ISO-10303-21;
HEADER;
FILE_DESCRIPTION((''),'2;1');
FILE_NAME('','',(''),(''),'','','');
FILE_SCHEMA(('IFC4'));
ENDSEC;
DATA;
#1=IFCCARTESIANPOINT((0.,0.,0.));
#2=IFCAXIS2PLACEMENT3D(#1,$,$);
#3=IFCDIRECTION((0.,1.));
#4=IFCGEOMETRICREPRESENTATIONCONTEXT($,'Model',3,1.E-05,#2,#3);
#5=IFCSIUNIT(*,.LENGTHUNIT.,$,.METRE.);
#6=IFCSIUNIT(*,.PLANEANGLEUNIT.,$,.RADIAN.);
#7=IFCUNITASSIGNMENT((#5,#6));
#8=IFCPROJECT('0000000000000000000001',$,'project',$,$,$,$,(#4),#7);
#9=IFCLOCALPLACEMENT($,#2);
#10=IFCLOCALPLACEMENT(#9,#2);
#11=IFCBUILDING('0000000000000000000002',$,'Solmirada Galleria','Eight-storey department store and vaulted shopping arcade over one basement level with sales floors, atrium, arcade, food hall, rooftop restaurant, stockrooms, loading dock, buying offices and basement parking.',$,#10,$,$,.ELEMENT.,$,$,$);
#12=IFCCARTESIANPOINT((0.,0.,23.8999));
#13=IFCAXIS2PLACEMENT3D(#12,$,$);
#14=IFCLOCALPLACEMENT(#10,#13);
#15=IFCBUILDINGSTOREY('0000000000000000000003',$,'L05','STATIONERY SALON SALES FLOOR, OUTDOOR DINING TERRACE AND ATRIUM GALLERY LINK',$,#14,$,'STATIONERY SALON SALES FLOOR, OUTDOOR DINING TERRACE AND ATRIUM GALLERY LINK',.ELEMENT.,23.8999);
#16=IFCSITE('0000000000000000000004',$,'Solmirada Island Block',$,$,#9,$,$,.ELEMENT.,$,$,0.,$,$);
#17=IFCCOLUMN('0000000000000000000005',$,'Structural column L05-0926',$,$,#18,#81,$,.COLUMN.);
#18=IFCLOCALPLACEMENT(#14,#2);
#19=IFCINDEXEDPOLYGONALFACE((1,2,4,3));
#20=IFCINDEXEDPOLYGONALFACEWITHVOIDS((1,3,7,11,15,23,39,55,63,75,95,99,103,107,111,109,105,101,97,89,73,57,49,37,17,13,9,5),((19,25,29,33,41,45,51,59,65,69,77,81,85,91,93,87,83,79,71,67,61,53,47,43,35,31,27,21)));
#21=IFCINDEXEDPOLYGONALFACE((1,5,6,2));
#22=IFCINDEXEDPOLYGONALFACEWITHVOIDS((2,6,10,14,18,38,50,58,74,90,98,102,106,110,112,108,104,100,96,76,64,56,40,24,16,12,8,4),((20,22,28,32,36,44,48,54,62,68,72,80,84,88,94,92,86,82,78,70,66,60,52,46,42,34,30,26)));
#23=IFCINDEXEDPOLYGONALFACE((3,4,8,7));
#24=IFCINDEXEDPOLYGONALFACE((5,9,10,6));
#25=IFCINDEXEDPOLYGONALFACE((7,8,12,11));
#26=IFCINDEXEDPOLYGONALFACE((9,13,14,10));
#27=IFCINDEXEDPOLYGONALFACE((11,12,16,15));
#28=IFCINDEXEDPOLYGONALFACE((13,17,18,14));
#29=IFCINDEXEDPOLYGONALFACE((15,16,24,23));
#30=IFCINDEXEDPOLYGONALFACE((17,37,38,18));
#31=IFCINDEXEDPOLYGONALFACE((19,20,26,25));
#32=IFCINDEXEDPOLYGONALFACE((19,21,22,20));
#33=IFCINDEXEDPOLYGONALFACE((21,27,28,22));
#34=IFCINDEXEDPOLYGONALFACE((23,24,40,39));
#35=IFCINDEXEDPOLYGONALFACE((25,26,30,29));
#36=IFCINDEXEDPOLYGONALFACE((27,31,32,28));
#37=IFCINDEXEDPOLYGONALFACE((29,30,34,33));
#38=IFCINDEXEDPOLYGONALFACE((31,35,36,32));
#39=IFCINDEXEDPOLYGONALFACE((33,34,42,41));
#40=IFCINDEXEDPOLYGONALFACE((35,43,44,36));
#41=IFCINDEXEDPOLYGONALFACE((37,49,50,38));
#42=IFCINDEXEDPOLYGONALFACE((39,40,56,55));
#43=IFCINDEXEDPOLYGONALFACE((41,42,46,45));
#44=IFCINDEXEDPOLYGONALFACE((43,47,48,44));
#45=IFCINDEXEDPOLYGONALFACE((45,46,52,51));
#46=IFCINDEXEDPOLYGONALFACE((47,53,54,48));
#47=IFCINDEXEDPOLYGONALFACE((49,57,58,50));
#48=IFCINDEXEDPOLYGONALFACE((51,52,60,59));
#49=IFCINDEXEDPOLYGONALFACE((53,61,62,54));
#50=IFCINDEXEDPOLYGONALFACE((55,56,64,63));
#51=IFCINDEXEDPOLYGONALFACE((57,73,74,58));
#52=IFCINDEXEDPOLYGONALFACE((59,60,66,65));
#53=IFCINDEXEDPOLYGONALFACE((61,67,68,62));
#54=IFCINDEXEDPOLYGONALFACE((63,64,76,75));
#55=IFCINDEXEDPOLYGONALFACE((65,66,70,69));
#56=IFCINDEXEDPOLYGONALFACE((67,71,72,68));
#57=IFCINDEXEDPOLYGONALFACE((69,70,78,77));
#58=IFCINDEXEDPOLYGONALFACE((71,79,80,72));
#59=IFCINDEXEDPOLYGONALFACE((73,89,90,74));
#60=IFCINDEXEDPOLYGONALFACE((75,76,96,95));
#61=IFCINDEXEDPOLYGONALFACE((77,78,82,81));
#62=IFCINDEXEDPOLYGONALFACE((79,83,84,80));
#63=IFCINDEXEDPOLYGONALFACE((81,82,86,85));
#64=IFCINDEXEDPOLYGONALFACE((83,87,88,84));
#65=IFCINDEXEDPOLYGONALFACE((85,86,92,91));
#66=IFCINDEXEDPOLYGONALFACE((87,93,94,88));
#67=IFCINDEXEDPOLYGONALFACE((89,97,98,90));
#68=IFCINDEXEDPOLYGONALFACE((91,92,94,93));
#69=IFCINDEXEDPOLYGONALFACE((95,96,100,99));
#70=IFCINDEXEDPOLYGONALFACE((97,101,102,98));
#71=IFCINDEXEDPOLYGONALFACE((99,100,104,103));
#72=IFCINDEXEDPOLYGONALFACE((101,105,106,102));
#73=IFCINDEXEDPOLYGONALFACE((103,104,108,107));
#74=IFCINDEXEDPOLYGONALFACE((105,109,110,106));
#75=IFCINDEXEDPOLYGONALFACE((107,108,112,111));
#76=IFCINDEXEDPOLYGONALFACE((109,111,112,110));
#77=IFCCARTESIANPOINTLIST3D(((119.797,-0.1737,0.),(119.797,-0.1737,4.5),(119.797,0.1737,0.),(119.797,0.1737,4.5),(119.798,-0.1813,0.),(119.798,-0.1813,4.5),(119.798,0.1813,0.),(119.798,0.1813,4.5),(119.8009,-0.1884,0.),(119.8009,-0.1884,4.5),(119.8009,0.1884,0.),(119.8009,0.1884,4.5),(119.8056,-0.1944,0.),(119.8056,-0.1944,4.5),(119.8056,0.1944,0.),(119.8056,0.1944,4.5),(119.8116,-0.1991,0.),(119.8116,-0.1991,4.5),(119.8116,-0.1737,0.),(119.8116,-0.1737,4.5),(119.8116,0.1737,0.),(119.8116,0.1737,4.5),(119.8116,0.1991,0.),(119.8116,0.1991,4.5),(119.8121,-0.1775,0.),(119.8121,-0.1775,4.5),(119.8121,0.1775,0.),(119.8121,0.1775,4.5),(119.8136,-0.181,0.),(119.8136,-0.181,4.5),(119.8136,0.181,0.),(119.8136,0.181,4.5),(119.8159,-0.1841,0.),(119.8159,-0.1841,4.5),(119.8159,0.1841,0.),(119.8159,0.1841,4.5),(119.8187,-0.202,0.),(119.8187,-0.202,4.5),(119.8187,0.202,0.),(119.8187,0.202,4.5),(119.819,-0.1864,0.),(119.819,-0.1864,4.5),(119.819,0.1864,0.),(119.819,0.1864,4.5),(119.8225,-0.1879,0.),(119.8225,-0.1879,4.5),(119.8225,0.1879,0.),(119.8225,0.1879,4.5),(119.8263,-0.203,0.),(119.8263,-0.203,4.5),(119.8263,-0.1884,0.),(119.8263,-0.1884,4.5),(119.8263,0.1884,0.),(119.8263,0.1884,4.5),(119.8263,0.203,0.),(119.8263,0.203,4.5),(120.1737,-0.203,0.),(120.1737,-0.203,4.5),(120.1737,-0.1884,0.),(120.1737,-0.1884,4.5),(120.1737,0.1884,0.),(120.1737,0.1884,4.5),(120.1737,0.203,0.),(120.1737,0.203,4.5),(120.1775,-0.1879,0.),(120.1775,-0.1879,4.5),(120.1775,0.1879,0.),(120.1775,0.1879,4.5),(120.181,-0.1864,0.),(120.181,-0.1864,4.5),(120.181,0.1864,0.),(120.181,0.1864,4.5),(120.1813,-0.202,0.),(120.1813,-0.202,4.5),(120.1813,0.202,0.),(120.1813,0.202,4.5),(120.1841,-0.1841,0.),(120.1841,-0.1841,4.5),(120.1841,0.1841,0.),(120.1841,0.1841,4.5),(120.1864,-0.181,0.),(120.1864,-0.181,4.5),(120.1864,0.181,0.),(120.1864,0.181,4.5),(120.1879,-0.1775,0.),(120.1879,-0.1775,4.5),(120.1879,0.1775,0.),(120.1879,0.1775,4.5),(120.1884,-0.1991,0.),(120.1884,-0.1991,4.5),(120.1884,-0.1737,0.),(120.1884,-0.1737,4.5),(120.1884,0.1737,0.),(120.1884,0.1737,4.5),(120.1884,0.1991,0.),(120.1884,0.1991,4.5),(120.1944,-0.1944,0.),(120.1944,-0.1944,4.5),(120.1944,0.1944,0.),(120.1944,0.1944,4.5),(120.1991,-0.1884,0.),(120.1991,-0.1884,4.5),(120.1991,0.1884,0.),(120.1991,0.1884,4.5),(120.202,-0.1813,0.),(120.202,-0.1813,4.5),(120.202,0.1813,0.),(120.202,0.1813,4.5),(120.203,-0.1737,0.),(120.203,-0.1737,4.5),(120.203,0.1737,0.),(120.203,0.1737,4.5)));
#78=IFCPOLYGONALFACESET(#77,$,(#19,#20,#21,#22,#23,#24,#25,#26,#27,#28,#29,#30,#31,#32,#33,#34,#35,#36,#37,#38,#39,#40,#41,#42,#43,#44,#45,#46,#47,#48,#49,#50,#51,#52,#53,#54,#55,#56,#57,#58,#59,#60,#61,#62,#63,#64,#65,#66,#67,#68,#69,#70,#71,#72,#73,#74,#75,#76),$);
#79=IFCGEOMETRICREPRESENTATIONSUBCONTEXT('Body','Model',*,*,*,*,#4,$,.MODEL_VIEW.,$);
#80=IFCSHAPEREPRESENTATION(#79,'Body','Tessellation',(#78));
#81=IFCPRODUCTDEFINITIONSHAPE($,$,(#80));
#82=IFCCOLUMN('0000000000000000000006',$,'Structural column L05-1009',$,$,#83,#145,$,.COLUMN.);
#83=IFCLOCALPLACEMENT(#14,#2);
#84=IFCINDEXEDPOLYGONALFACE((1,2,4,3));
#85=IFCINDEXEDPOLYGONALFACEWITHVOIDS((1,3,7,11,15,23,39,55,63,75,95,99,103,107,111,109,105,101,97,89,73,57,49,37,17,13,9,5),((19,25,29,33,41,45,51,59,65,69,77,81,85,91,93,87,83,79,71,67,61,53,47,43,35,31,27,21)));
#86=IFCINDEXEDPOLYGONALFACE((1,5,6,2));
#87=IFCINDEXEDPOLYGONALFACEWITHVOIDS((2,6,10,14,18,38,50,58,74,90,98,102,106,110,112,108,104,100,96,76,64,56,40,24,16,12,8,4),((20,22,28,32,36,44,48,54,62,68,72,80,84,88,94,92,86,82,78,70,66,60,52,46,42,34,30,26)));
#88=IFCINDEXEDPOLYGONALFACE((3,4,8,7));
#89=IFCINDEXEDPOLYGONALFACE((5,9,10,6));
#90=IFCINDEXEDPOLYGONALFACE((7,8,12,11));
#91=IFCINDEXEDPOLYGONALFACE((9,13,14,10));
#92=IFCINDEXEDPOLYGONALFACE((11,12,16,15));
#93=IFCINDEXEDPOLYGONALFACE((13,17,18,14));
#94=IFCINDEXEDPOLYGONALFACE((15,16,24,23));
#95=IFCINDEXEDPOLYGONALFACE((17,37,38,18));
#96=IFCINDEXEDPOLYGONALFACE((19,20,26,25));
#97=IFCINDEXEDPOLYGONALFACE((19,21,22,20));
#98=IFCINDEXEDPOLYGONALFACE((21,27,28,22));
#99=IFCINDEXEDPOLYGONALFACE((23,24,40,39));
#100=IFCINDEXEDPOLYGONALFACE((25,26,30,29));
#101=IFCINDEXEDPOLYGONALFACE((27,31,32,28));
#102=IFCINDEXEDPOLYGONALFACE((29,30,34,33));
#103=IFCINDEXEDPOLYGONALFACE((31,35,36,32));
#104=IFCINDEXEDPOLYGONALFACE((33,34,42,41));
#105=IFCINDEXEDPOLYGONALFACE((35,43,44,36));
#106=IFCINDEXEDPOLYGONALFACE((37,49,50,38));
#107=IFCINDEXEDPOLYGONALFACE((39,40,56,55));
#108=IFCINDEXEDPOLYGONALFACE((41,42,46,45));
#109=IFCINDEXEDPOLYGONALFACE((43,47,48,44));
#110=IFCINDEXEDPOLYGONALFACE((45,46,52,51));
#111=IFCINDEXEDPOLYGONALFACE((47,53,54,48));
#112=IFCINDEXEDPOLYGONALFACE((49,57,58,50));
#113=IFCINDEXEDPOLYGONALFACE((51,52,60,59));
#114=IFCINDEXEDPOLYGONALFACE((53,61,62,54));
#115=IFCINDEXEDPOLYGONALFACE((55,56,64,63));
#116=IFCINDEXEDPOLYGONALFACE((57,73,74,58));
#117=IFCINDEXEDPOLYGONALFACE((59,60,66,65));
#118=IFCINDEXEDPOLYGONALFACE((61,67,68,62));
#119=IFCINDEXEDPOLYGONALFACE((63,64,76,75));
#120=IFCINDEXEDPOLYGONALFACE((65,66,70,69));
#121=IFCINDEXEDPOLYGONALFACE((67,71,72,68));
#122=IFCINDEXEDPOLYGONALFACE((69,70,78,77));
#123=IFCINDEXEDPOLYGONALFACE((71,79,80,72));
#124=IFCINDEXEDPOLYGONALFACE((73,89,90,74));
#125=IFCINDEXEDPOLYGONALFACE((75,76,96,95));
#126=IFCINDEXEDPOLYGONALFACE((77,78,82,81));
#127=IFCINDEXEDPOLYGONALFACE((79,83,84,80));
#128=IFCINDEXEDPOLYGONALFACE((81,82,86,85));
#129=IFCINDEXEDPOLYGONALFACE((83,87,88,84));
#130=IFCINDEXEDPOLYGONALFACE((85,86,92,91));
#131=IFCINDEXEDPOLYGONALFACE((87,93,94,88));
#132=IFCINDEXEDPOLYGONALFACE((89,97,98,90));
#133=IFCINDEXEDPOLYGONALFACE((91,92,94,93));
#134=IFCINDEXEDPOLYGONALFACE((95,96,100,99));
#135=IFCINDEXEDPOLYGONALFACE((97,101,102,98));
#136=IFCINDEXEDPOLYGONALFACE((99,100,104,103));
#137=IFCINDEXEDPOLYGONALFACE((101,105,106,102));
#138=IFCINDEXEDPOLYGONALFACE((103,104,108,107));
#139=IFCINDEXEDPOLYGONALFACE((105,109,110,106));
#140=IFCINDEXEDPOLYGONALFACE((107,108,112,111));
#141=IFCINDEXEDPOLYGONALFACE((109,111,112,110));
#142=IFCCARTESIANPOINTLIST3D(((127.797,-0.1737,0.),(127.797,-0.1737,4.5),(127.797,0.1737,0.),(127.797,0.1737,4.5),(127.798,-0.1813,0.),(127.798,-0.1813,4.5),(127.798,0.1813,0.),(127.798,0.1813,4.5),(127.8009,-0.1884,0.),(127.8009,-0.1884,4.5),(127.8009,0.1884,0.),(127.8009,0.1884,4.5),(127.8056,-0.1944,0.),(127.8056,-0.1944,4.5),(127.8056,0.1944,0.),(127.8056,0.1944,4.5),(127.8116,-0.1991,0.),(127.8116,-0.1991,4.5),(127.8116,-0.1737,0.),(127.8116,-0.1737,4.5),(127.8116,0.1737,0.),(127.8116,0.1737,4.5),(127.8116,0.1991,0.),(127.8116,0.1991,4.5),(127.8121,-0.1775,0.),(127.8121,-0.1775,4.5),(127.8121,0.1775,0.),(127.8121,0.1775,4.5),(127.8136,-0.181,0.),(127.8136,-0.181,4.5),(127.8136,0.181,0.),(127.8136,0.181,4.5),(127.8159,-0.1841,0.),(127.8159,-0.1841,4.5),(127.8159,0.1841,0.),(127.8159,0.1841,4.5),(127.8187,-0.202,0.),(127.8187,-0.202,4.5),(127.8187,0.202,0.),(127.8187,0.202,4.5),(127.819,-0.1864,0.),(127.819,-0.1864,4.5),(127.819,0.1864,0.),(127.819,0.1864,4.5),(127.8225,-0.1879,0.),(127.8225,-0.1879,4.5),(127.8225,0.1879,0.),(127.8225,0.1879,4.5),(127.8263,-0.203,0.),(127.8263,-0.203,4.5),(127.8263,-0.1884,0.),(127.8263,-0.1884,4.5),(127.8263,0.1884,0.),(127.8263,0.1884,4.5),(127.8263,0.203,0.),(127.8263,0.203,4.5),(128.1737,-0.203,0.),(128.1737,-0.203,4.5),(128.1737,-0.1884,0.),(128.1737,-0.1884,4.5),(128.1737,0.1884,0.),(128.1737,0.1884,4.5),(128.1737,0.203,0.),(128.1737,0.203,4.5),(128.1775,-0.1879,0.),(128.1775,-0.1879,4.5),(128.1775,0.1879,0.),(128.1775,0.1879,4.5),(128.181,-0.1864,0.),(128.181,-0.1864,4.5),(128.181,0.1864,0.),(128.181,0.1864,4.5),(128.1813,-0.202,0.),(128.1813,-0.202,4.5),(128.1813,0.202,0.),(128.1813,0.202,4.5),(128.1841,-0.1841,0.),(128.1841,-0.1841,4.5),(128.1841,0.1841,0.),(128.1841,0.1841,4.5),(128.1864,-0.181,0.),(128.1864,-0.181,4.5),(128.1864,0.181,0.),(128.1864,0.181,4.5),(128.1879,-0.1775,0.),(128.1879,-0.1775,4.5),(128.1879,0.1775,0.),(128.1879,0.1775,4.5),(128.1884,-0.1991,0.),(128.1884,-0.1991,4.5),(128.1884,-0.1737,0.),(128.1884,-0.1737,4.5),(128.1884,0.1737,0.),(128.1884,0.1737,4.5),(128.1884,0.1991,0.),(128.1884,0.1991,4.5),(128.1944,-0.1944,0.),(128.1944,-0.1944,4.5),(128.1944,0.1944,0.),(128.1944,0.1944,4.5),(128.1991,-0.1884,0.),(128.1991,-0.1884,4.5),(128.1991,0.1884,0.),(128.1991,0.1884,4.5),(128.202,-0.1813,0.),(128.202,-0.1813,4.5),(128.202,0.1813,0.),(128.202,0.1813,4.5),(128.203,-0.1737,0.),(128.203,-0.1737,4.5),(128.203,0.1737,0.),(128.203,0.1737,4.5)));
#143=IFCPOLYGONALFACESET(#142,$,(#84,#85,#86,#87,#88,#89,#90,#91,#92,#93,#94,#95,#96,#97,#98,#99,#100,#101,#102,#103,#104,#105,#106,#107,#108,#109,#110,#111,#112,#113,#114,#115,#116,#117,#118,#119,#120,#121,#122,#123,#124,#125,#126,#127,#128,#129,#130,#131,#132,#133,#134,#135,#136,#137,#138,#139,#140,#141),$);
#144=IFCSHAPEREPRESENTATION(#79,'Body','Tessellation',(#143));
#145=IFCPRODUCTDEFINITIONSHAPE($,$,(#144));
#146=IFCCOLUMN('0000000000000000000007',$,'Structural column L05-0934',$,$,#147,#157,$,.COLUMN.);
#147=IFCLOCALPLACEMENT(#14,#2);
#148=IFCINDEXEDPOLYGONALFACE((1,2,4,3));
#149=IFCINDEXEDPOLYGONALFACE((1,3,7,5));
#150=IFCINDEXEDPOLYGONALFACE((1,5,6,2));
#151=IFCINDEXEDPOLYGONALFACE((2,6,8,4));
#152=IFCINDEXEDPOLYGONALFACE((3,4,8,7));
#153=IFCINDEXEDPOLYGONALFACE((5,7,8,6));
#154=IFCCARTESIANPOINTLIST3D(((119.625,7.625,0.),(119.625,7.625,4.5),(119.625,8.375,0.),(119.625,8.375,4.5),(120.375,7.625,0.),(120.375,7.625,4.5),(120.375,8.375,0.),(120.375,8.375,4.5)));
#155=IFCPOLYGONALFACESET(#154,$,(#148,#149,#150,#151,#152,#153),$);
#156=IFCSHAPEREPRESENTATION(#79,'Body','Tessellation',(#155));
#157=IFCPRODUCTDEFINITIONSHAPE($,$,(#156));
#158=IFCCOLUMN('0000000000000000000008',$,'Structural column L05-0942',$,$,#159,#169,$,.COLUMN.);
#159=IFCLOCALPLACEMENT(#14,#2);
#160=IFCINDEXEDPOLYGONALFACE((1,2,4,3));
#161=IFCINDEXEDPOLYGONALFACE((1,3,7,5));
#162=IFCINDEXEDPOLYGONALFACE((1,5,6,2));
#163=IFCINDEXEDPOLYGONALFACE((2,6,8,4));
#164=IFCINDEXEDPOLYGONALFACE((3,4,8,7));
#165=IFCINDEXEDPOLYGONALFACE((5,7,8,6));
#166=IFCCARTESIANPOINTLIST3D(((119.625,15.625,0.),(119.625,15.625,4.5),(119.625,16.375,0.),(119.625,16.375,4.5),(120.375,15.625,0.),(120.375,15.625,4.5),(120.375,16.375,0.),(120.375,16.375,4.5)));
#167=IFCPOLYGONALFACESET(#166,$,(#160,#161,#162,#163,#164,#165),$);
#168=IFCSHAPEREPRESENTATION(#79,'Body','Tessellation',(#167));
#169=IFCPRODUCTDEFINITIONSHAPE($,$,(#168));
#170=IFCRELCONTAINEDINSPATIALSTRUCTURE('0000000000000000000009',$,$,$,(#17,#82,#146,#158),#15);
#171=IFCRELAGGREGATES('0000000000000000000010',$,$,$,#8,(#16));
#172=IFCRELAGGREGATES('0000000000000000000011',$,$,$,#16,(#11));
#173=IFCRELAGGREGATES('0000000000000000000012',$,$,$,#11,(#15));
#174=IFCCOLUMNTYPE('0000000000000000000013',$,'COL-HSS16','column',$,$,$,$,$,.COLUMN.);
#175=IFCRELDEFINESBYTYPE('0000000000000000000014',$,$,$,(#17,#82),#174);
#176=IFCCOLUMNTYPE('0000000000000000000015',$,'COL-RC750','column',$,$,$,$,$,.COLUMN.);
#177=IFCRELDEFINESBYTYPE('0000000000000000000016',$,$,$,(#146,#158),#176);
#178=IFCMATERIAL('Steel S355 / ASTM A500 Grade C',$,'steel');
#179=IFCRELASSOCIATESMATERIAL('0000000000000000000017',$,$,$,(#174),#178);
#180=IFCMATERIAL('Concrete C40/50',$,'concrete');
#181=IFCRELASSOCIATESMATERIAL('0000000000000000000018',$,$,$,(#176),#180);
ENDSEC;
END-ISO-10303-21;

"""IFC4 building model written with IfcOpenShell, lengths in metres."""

from ifc_helpers import new_model, si_unit, direction, frame, origin, origin_2d, place, context, subcontext, project, spatial, rectangle, hollow_rectangle, extrude, material, material_profile, profile_set, type_object, element, save


model = new_model("IFC4")

# Units and contexts
model_context = context("Model", 3, precision=1e-05, world=origin(), true_north=direction((0.0, 1.0)))
body_context = subcontext(model_context, "Body", "Model", "MODEL_VIEW")
ifc_project = project(units=[si_unit("LENGTHUNIT", "METRE"), si_unit("PLANEANGLEUNIT", "RADIAN")], contexts=[model_context])

# Site, building, storey
site_placement = place(None, origin())
site = spatial("IfcSite", under=ifc_project, at=site_placement, Name="Solmirada Island Block", CompositionType="ELEMENT", RefElevation=0.0)
building_placement = place(site_placement, origin())
building = spatial("IfcBuilding", under=site, at=building_placement, Name="Solmirada Galleria", Description="Eight-storey department store and vaulted shopping arcade over one basement level with sales floors, atrium, arcade, food hall, rooftop restaurant, stockrooms, loading dock, buying offices and basement parking.", CompositionType="ELEMENT")
storey_placement = place(building_placement, frame((0.0, 0.0, 23.8999)))
storey = spatial("IfcBuildingStorey", under=building, at=storey_placement, Name="L05", Description="STATIONERY SALON SALES FLOOR, OUTDOOR DINING TERRACE AND ATRIUM GALLERY LINK", LongName="STATIONERY SALON SALES FLOOR, OUTDOOR DINING TERRACE AND ATRIUM GALLERY LINK", CompositionType="ELEMENT", Elevation=23.8999)

# Columns
ifc_material_1 = material(Name="Steel S355 / ASTM A500 Grade C", Category="steel")
ifc_material_profile_1 = material_profile(ifc_material_1, hollow_rectangle(XDim=0.406, YDim=0.406, WallThickness=0.0146, InnerFilletRadius=0.0146, OuterFilletRadius=0.0293, at=origin_2d()), Name="HSS16X16X5/8")
ifc_profile_set_1 = profile_set([ifc_material_profile_1], Name="Steel S355 / ASTM A500 Grade C")
column_type_1 = type_object("IfcColumnType", Name="COL-HSS16", Description="column", PredefinedType="COLUMN", material=ifc_profile_set_1)
for number, where, z_axis, x_axis, name in (
    (1, (120.0, 0.0, 0.0), (0.0, 0.0, 1.0), (1.0, 0.0, 0.0), "Structural column L05-0926"),
    (2, (128.0, 0.0, 0.0), (0.0, 0.0, 1.0), (1.0, 0.0, 0.0), "Structural column L05-1009"),
):
    element("IfcColumn", number, at=place(storey_placement, frame(where, z_axis=z_axis, x_axis=x_axis)), inside=storey, type_object=column_type_1, Name=name, PredefinedType="COLUMN", context=body_context, shape_type="SweptSolid", body=[
        extrude(hollow_rectangle(XDim=0.406, YDim=0.406, WallThickness=0.0146, InnerFilletRadius=0.0146, OuterFilletRadius=0.0293, at=origin_2d()), origin(), (0.0, 0.0, 1.0), 4.5),
    ])
ifc_material_2 = material(Name="Concrete C40/50", Category="concrete")
ifc_material_profile_2 = material_profile(ifc_material_2, rectangle(XDim=0.75, YDim=0.75, at=origin_2d()), Name="RC750X750")
ifc_profile_set_2 = profile_set([ifc_material_profile_2], Name="Concrete C40/50")
column_type_2 = type_object("IfcColumnType", Name="COL-RC750", Description="column", PredefinedType="COLUMN", material=ifc_profile_set_2)
for number, where, z_axis, x_axis, name in (
    (3, (120.0, 8.0, 0.0), (0.0, 0.0, 1.0), (1.0, 0.0, 0.0), "Structural column L05-0934"),
    (4, (120.0, 16.0, 0.0), (0.0, 0.0, 1.0), (1.0, 0.0, 0.0), "Structural column L05-0942"),
):
    element("IfcColumn", number, at=place(storey_placement, frame(where, z_axis=z_axis, x_axis=x_axis)), inside=storey, type_object=column_type_2, Name=name, PredefinedType="COLUMN", context=body_context, shape_type="SweptSolid", body=[
        extrude(rectangle(XDim=0.75, YDim=0.75, at=origin_2d()), origin(), (0.0, 0.0, 1.0), 4.5),
    ])

save(model, "model.ifc")
